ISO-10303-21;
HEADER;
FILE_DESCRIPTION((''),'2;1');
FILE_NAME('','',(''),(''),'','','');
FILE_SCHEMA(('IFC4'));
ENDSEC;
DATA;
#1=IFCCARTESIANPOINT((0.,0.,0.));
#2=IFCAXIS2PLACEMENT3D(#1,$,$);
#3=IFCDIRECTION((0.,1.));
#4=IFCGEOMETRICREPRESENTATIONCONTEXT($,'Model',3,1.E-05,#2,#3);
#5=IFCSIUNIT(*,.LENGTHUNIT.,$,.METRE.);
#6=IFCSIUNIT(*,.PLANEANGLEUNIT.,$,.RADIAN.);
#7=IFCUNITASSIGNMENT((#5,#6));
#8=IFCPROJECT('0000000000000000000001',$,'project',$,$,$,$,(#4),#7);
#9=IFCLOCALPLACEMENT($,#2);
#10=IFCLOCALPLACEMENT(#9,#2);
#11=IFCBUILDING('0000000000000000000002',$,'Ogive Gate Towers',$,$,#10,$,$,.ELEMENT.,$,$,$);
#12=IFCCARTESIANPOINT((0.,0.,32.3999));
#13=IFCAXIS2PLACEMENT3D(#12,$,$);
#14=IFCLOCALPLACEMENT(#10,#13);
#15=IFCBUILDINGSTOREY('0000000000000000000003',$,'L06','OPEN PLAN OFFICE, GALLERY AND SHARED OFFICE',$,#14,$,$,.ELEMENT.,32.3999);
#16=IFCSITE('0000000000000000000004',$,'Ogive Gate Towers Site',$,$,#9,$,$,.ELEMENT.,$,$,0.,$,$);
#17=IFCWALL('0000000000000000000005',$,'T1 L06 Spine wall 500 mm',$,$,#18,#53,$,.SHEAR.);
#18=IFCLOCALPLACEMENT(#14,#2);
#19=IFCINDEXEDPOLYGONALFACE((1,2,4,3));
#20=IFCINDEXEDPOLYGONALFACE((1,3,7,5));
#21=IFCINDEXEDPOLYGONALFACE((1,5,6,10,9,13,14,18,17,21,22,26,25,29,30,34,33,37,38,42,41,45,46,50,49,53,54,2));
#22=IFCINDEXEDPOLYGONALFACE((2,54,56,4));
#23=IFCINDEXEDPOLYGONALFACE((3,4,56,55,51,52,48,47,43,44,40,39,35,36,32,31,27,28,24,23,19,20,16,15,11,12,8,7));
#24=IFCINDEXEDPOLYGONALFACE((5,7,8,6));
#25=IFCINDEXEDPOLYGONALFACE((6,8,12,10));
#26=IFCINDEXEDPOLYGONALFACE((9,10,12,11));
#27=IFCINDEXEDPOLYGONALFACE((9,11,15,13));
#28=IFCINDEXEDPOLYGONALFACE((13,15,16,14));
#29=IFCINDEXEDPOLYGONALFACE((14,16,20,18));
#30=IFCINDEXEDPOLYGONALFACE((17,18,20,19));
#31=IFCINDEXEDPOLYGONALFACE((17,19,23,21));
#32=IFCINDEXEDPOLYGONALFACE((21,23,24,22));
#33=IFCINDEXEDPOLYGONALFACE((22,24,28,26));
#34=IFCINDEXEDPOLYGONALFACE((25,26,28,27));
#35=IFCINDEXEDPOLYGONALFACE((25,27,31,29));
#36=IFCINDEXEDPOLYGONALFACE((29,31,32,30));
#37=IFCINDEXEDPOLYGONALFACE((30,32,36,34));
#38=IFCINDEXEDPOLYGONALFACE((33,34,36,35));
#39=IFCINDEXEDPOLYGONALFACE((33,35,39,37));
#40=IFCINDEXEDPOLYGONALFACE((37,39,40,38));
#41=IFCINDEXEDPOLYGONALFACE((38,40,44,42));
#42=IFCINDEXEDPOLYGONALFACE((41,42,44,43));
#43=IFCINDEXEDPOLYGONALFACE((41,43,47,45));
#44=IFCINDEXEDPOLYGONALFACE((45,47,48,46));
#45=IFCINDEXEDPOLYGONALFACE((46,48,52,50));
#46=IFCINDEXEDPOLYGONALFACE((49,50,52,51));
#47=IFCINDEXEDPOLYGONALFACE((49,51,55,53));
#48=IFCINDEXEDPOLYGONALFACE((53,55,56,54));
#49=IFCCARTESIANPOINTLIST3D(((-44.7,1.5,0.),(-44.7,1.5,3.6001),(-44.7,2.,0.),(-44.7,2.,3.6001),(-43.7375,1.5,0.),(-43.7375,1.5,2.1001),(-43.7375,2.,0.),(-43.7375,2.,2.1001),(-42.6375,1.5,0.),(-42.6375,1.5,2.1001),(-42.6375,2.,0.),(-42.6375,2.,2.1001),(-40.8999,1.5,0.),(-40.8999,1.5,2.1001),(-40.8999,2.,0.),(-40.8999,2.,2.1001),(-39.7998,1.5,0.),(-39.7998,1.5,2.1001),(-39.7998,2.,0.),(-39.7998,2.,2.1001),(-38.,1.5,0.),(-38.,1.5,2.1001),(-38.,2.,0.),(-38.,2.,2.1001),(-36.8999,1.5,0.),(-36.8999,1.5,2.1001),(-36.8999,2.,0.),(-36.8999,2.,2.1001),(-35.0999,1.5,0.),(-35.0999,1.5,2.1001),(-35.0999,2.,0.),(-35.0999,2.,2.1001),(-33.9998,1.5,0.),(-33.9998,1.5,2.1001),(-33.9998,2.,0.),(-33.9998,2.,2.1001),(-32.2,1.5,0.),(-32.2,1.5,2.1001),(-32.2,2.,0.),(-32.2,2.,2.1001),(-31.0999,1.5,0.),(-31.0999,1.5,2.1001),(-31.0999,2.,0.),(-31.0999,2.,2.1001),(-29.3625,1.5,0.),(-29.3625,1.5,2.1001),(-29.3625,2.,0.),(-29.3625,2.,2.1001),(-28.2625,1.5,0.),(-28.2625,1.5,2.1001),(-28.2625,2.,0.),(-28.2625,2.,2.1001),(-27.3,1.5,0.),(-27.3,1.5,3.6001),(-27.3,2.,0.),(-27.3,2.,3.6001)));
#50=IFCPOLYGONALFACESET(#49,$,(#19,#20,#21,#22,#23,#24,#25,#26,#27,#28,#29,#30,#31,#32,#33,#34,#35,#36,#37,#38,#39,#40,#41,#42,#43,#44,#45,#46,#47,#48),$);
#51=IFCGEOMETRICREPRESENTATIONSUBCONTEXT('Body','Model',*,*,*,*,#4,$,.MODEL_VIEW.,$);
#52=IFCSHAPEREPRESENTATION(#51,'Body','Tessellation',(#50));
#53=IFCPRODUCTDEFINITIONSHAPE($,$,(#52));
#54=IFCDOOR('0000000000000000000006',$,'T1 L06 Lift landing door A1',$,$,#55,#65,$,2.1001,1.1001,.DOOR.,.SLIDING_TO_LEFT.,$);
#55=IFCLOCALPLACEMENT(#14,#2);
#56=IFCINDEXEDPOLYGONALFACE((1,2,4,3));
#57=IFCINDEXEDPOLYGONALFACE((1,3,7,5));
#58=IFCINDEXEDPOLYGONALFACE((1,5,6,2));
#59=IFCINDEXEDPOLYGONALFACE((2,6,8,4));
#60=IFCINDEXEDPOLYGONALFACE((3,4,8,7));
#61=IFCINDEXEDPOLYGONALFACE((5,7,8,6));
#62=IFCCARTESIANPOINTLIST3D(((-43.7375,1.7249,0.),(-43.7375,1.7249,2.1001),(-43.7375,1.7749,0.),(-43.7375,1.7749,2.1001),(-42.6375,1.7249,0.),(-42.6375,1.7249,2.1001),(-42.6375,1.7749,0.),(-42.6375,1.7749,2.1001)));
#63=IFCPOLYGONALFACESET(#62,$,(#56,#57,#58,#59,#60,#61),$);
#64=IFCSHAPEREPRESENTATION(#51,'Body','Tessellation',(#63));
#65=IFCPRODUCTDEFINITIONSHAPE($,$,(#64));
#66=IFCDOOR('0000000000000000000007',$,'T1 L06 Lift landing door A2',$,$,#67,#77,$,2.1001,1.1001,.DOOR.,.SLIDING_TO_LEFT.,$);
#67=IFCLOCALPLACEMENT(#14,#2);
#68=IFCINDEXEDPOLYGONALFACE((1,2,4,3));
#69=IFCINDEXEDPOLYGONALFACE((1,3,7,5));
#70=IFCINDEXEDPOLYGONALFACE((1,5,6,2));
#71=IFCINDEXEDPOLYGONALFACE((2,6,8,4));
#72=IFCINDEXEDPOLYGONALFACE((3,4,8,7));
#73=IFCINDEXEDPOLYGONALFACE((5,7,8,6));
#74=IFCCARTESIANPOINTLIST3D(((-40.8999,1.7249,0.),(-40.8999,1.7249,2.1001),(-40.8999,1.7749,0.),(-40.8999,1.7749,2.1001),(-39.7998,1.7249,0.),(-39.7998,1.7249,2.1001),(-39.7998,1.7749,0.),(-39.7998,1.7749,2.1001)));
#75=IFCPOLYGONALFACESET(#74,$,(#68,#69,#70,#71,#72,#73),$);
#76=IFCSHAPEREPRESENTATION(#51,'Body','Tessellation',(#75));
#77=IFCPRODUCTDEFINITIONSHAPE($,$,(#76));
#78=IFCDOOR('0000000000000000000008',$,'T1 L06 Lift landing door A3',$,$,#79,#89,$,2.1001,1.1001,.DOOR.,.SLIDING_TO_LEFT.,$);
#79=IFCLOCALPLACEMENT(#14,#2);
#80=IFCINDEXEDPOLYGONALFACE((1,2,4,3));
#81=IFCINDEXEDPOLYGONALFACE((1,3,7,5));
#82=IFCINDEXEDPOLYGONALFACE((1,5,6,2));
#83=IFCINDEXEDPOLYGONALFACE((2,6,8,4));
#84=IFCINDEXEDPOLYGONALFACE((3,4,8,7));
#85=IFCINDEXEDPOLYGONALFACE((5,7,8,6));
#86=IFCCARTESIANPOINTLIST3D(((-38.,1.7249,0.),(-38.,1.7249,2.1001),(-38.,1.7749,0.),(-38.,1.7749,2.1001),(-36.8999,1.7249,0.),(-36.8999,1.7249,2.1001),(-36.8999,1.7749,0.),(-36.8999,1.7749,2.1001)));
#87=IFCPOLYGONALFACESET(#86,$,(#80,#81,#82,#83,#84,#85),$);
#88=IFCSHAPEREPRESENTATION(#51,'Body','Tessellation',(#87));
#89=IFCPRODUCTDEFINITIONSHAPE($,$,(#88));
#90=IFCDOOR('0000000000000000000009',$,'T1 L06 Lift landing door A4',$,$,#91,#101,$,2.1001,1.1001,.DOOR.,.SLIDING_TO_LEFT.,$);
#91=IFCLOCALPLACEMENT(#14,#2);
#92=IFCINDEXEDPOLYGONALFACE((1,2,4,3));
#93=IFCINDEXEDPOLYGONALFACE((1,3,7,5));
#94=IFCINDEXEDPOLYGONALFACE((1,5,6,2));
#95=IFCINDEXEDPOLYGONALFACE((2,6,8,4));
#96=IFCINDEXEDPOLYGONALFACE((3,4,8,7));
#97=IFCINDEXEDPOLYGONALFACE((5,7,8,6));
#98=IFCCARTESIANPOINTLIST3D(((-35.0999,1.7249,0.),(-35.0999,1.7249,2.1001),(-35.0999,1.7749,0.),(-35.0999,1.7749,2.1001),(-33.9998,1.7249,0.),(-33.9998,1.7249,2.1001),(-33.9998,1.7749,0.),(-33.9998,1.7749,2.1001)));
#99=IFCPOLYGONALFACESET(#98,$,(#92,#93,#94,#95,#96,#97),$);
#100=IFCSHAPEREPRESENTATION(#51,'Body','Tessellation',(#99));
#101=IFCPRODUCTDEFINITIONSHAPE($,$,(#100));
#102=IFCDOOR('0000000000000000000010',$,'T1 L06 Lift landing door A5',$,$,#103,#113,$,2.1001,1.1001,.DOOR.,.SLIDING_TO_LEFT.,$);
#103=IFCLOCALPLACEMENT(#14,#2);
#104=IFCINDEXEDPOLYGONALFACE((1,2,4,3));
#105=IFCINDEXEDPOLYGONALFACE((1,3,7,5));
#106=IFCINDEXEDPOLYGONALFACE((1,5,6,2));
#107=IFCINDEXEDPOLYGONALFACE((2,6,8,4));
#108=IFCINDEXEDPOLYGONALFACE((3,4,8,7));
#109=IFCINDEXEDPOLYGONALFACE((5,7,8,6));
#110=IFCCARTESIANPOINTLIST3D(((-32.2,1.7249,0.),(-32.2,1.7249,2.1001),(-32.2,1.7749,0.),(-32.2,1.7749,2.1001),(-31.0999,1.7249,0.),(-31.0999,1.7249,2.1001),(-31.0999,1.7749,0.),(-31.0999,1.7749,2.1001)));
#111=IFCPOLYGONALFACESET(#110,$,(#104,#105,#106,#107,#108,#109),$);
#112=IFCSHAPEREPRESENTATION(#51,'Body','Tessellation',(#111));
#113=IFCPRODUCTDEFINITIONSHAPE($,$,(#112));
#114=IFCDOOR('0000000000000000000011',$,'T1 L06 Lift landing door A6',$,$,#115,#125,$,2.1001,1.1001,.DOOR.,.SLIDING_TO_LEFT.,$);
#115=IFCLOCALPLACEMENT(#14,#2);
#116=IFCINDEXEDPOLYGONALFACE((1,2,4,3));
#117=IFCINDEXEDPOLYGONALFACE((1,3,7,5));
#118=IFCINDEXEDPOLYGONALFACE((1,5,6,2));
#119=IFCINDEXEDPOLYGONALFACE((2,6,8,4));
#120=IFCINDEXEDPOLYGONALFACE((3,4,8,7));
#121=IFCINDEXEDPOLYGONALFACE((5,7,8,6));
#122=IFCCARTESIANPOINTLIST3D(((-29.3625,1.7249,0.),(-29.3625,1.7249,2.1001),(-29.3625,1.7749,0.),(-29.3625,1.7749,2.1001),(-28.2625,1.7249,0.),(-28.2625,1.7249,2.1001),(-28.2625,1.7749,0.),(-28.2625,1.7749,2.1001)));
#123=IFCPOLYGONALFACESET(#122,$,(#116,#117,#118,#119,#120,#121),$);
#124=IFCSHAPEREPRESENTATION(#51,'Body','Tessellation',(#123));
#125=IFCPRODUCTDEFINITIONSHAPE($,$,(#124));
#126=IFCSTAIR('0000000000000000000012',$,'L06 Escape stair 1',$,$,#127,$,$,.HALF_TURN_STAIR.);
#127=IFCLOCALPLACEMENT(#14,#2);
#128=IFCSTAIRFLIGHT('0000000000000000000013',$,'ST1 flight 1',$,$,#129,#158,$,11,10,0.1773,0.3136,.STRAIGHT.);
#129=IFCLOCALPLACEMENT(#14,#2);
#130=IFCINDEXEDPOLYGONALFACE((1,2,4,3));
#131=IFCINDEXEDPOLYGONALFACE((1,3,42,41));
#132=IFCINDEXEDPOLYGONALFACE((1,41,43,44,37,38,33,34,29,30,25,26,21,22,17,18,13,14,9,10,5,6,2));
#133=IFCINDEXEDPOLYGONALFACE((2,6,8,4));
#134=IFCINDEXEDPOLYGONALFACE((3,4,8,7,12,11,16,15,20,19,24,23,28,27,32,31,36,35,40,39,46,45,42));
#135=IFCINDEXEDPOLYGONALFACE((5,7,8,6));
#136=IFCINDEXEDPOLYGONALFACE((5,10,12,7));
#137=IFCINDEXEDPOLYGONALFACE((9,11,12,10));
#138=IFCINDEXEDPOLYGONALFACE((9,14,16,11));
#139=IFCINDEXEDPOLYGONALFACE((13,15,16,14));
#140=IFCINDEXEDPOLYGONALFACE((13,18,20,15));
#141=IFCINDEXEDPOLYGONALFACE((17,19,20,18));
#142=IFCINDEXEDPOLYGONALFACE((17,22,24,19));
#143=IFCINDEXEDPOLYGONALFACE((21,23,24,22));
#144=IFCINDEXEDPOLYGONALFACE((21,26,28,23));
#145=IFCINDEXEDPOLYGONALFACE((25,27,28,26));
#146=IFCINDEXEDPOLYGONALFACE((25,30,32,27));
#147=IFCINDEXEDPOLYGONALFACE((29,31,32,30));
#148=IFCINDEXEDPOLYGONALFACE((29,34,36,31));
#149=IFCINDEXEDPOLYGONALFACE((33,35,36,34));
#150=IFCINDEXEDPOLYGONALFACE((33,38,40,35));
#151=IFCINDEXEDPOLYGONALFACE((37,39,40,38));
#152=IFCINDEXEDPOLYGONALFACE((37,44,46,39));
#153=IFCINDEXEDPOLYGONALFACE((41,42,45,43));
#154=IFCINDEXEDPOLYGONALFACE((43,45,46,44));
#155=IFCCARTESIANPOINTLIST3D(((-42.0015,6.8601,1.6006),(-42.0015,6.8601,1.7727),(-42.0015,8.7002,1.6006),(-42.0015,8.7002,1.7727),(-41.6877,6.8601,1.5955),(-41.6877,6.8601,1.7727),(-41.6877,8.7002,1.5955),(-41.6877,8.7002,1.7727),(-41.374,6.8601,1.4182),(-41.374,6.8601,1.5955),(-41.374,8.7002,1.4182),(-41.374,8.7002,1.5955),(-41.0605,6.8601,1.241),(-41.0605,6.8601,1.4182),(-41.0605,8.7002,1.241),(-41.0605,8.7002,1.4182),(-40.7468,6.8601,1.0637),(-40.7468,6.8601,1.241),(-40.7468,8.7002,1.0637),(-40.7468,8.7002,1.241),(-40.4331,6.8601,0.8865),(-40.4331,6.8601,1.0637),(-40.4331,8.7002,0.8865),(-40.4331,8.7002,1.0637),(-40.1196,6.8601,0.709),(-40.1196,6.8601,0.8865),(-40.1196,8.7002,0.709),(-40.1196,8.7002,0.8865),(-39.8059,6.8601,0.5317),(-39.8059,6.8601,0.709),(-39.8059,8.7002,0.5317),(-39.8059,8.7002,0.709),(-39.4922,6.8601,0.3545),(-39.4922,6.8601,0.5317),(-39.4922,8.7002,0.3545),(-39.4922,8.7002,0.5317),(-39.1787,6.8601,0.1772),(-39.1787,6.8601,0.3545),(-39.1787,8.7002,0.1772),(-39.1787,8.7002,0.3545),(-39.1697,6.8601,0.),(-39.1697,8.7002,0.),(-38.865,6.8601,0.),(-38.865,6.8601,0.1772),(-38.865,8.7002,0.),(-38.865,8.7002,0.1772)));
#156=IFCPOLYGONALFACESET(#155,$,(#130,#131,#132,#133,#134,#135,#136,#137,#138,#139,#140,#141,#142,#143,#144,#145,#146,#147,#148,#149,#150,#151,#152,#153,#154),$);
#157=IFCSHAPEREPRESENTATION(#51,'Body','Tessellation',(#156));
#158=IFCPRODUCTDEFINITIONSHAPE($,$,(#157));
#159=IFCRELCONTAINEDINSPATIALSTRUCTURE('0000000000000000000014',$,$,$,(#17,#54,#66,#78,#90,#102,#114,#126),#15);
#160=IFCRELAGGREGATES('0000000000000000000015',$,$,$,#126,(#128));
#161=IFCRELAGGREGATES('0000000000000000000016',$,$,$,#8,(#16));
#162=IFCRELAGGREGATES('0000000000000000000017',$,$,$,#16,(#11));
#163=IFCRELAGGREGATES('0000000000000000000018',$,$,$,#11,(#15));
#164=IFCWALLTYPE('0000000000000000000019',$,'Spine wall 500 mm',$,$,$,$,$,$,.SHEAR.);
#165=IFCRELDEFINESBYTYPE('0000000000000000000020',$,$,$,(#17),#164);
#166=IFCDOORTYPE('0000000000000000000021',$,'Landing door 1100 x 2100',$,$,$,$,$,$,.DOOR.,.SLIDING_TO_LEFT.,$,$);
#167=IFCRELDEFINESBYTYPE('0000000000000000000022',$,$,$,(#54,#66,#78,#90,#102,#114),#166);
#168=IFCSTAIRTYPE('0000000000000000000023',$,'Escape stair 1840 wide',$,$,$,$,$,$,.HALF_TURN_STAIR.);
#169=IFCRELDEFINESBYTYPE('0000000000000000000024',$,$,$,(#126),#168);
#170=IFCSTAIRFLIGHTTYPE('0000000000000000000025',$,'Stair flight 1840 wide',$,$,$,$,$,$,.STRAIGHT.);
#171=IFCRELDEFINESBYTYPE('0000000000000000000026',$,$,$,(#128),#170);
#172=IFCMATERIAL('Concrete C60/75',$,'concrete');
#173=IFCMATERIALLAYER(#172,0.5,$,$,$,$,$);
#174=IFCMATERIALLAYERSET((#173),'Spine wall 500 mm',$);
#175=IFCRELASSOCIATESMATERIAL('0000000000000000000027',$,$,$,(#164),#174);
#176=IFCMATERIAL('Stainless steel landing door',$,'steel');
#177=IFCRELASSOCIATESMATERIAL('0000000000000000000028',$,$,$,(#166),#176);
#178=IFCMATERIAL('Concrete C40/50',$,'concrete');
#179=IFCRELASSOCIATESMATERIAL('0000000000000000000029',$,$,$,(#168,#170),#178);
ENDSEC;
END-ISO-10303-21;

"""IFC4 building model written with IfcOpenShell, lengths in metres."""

from ifc_helpers import new_model, si_unit, direction, frame, frame_2d, origin, place, context, subcontext, project, spatial, polyline, rectangle, outline, extrude, material, layer, layer_set, type_object, element, fill, aggregate, save


model = new_model("IFC4")

# Units and contexts
model_context = context("Model", 3, precision=1e-05, world=origin(), true_north=direction((0.0, 1.0)))
body_context = subcontext(model_context, "Body", "Model", "MODEL_VIEW")
ifc_project = project(units=[si_unit("LENGTHUNIT", "METRE"), si_unit("PLANEANGLEUNIT", "RADIAN")], contexts=[model_context])

# Site, building, storey
site_placement = place(None, origin())
site = spatial("IfcSite", under=ifc_project, at=site_placement, Name="Ogive Gate Towers Site", CompositionType="ELEMENT", RefElevation=0.0)
building_placement = place(site_placement, origin())
building = spatial("IfcBuilding", under=site, at=building_placement, Name="Ogive Gate Towers", CompositionType="ELEMENT")
storey_placement = place(building_placement, frame((0.0, 0.0, 32.3999)))
storey = spatial("IfcBuildingStorey", under=building, at=storey_placement, Name="L06", Description="OPEN PLAN OFFICE, GALLERY AND SHARED OFFICE", CompositionType="ELEMENT", Elevation=32.3999)

# Shared definitions
ifc_material_1 = material(Name="Concrete C60/75", Category="concrete")

# Wall, openings, doors
ifc_layer_1 = layer(ifc_material_1, 0.5)
ifc_layer_set_1 = layer_set([ifc_layer_1], Name="Spine wall 500 mm")
wall_type_1 = type_object("IfcWallType", Name="Spine wall 500 mm", PredefinedType="SHEAR", material=ifc_layer_set_1)
wall_1_placement = place(storey_placement, frame((-44.7, 1.75, 0.0), z_axis=(0.0, 0.0, 1.0), x_axis=(1.0, 0.0, 0.0)))
wall_1 = element("IfcWall", 1, at=wall_1_placement, inside=storey, type_object=wall_type_1, Name="T1 L06 Spine wall 500 mm", PredefinedType="SHEAR", context=body_context, shape_type="SweptSolid", body=[
    extrude(rectangle(XDim=17.3999, YDim=0.5, at=frame_2d((8.7, 0.0))), origin(), (0.0, 0.0, 1.0), 3.6001),
])
opening_1_placement = place(wall_1_placement, frame((0.9624, 0.0, 0.0)))
opening_1 = element("IfcOpeningElement", 2, at=opening_1_placement, cuts=wall_1, PredefinedType="OPENING", context=body_context, shape_type="SweptSolid", body=[
    extrude(rectangle(XDim=1.1001, YDim=2.1001, at=frame_2d((0.55, 1.05))), frame((0.0, 0.26, 0.0), z_axis=(0.0, -1.0, 0.0), x_axis=(1.0, 0.0, 0.0)), (0.0, 0.0, 1.0), 0.52),
])
opening_2_placement = place(wall_1_placement, frame((3.8, 0.0, 0.0)))
opening_2 = element("IfcOpeningElement", 3, at=opening_2_placement, cuts=wall_1, PredefinedType="OPENING", context=body_context, shape_type="SweptSolid", body=[
    extrude(rectangle(XDim=1.1001, YDim=2.1001, at=frame_2d((0.55, 1.05))), frame((0.0, 0.26, 0.0), z_axis=(0.0, -1.0, 0.0), x_axis=(1.0, 0.0, 0.0)), (0.0, 0.0, 1.0), 0.52),
])
opening_3_placement = place(wall_1_placement, frame((6.7, 0.0, 0.0)))
opening_3 = element("IfcOpeningElement", 4, at=opening_3_placement, cuts=wall_1, PredefinedType="OPENING", context=body_context, shape_type="SweptSolid", body=[
    extrude(rectangle(XDim=1.1001, YDim=2.1001, at=frame_2d((0.55, 1.05))), frame((0.0, 0.26, 0.0), z_axis=(0.0, -1.0, 0.0), x_axis=(1.0, 0.0, 0.0)), (0.0, 0.0, 1.0), 0.52),
])
opening_4_placement = place(wall_1_placement, frame((9.6001, 0.0, 0.0)))
opening_4 = element("IfcOpeningElement", 5, at=opening_4_placement, cuts=wall_1, PredefinedType="OPENING", context=body_context, shape_type="SweptSolid", body=[
    extrude(rectangle(XDim=1.1001, YDim=2.1001, at=frame_2d((0.55, 1.05))), frame((0.0, 0.26, 0.0), z_axis=(0.0, -1.0, 0.0), x_axis=(1.0, 0.0, 0.0)), (0.0, 0.0, 1.0), 0.52),
])
opening_5_placement = place(wall_1_placement, frame((12.5, 0.0, 0.0)))
opening_5 = element("IfcOpeningElement", 6, at=opening_5_placement, cuts=wall_1, PredefinedType="OPENING", context=body_context, shape_type="SweptSolid", body=[
    extrude(rectangle(XDim=1.1001, YDim=2.1001, at=frame_2d((0.55, 1.05))), frame((0.0, 0.26, 0.0), z_axis=(0.0, -1.0, 0.0), x_axis=(1.0, 0.0, 0.0)), (0.0, 0.0, 1.0), 0.52),
])
opening_6_placement = place(wall_1_placement, frame((15.3374, 0.0, 0.0)))
opening_6 = element("IfcOpeningElement", 7, at=opening_6_placement, cuts=wall_1, PredefinedType="OPENING", context=body_context, shape_type="SweptSolid", body=[
    extrude(rectangle(XDim=1.1001, YDim=2.1001, at=frame_2d((0.55, 1.05))), frame((0.0, 0.26, 0.0), z_axis=(0.0, -1.0, 0.0), x_axis=(1.0, 0.0, 0.0)), (0.0, 0.0, 1.0), 0.52),
])
ifc_material_2 = material(Name="Stainless steel landing door", Category="steel")
door_type_1 = type_object("IfcDoorType", Name="Landing door 1100 x 2100", OperationType="SLIDING_TO_LEFT", PredefinedType="DOOR", material=ifc_material_2)
door_1_placement = place(opening_1_placement, origin())
door_1 = element("IfcDoor", 8, at=door_1_placement, inside=storey, type_object=door_type_1, Name="T1 L06 Lift landing door A1", OperationType="SLIDING_TO_LEFT", OverallHeight=2.1001, OverallWidth=1.1001, PredefinedType="DOOR", context=body_context, shape_type="SweptSolid", body=[
    extrude(rectangle(XDim=1.1001, YDim=2.1001, at=frame_2d((0.55, 1.05))), frame((0.0, 0.0249, 0.0), z_axis=(0.0, -1.0, 0.0), x_axis=(1.0, 0.0, 0.0)), (0.0, 0.0, 1.0), 0.05),
])
fill(opening_1, door_1)
door_2_placement = place(opening_2_placement, origin())
door_2 = element("IfcDoor", 9, at=door_2_placement, inside=storey, type_object=door_type_1, Name="T1 L06 Lift landing door A2", OperationType="SLIDING_TO_LEFT", OverallHeight=2.1001, OverallWidth=1.1001, PredefinedType="DOOR", context=body_context, shape_type="SweptSolid", body=[
    extrude(rectangle(XDim=1.1001, YDim=2.1001, at=frame_2d((0.55, 1.05))), frame((0.0, 0.0249, 0.0), z_axis=(0.0, -1.0, 0.0), x_axis=(1.0, 0.0, 0.0)), (0.0, 0.0, 1.0), 0.05),
])
fill(opening_2, door_2)
door_3_placement = place(opening_3_placement, origin())
door_3 = element("IfcDoor", 10, at=door_3_placement, inside=storey, type_object=door_type_1, Name="T1 L06 Lift landing door A3", OperationType="SLIDING_TO_LEFT", OverallHeight=2.1001, OverallWidth=1.1001, PredefinedType="DOOR", context=body_context, shape_type="SweptSolid", body=[
    extrude(rectangle(XDim=1.1001, YDim=2.1001, at=frame_2d((0.55, 1.05))), frame((0.0, 0.0249, 0.0), z_axis=(0.0, -1.0, 0.0), x_axis=(1.0, 0.0, 0.0)), (0.0, 0.0, 1.0), 0.05),
])
fill(opening_3, door_3)
door_4_placement = place(opening_4_placement, origin())
door_4 = element("IfcDoor", 11, at=door_4_placement, inside=storey, type_object=door_type_1, Name="T1 L06 Lift landing door A4", OperationType="SLIDING_TO_LEFT", OverallHeight=2.1001, OverallWidth=1.1001, PredefinedType="DOOR", context=body_context, shape_type="SweptSolid", body=[
    extrude(rectangle(XDim=1.1001, YDim=2.1001, at=frame_2d((0.55, 1.05))), frame((0.0, 0.0249, 0.0), z_axis=(0.0, -1.0, 0.0), x_axis=(1.0, 0.0, 0.0)), (0.0, 0.0, 1.0), 0.05),
])
fill(opening_4, door_4)
door_5_placement = place(opening_5_placement, origin())
door_5 = element("IfcDoor", 12, at=door_5_placement, inside=storey, type_object=door_type_1, Name="T1 L06 Lift landing door A5", OperationType="SLIDING_TO_LEFT", OverallHeight=2.1001, OverallWidth=1.1001, PredefinedType="DOOR", context=body_context, shape_type="SweptSolid", body=[
    extrude(rectangle(XDim=1.1001, YDim=2.1001, at=frame_2d((0.55, 1.05))), frame((0.0, 0.0249, 0.0), z_axis=(0.0, -1.0, 0.0), x_axis=(1.0, 0.0, 0.0)), (0.0, 0.0, 1.0), 0.05),
])
fill(opening_5, door_5)
door_6_placement = place(opening_6_placement, origin())
door_6 = element("IfcDoor", 13, at=door_6_placement, inside=storey, type_object=door_type_1, Name="T1 L06 Lift landing door A6", OperationType="SLIDING_TO_LEFT", OverallHeight=2.1001, OverallWidth=1.1001, PredefinedType="DOOR", context=body_context, shape_type="SweptSolid", body=[
    extrude(rectangle(XDim=1.1001, YDim=2.1001, at=frame_2d((0.55, 1.05))), frame((0.0, 0.0249, 0.0), z_axis=(0.0, -1.0, 0.0), x_axis=(1.0, 0.0, 0.0)), (0.0, 0.0, 1.0), 0.05),
])
fill(opening_6, door_6)

# Stair, stair flight
ifc_material_3 = material(Name="Concrete C40/50", Category="concrete")
stair_type = type_object("IfcStairType", Name="Escape stair 1840 wide", PredefinedType="HALF_TURN_STAIR", material=ifc_material_3)
stair_placement = place(storey_placement, origin())
stair = element("IfcStair", 14, at=stair_placement, inside=storey, type_object=stair_type, Name="L06 Escape stair 1", PredefinedType="HALF_TURN_STAIR")
stair_flight_type = type_object("IfcStairFlightType", Name="Stair flight 1840 wide", PredefinedType="STRAIGHT", material=ifc_material_3)
stair_flight_1_placement = place(storey_placement, frame((-38.865, 7.78, 0.0), z_axis=(0.0, 0.0, 1.0), x_axis=(-1.0, 0.0, 0.0)))
stair_flight_1 = element("IfcStairFlight", 15, at=stair_flight_1_placement, type_object=stair_flight_type, Name="ST1 flight 1", NumberOfRisers=11, NumberOfTreads=10, PredefinedType="STRAIGHT", RiserHeight=0.1773, TreadLength=0.3136, context=body_context, shape_type="SweptSolid", body=[
    extrude(outline(polyline([(0.0, 0.0), (0.0, 0.1772), (0.3137, 0.1772), (0.3137, 0.3545), (0.6272, 0.3545), (0.6272, 0.5317), (0.9409, 0.5317), (0.9409, 0.709), (1.2546, 0.709), (1.2546, 0.8865), (1.5681, 0.8865), (1.5681, 1.0637), (1.8818, 1.0637), (1.8818, 1.241), (2.1956, 1.241), (2.1956, 1.4182), (2.509, 1.4182), (2.509, 1.5955), (2.8228, 1.5955), (2.8228, 1.7727), (3.1365, 1.7727), (3.1365, 1.95), (3.1365, 1.6006), (0.3047, 0.0), (0.0, 0.0)])), frame((0.0, 0.9199, 0.0), z_axis=(0.0, -1.0, 0.0), x_axis=(1.0, 0.0, 0.0)), (0.0, 0.0, 1.0), 1.8401),
])
aggregate(stair, [stair_flight_1])

save(model, "model.ifc")
